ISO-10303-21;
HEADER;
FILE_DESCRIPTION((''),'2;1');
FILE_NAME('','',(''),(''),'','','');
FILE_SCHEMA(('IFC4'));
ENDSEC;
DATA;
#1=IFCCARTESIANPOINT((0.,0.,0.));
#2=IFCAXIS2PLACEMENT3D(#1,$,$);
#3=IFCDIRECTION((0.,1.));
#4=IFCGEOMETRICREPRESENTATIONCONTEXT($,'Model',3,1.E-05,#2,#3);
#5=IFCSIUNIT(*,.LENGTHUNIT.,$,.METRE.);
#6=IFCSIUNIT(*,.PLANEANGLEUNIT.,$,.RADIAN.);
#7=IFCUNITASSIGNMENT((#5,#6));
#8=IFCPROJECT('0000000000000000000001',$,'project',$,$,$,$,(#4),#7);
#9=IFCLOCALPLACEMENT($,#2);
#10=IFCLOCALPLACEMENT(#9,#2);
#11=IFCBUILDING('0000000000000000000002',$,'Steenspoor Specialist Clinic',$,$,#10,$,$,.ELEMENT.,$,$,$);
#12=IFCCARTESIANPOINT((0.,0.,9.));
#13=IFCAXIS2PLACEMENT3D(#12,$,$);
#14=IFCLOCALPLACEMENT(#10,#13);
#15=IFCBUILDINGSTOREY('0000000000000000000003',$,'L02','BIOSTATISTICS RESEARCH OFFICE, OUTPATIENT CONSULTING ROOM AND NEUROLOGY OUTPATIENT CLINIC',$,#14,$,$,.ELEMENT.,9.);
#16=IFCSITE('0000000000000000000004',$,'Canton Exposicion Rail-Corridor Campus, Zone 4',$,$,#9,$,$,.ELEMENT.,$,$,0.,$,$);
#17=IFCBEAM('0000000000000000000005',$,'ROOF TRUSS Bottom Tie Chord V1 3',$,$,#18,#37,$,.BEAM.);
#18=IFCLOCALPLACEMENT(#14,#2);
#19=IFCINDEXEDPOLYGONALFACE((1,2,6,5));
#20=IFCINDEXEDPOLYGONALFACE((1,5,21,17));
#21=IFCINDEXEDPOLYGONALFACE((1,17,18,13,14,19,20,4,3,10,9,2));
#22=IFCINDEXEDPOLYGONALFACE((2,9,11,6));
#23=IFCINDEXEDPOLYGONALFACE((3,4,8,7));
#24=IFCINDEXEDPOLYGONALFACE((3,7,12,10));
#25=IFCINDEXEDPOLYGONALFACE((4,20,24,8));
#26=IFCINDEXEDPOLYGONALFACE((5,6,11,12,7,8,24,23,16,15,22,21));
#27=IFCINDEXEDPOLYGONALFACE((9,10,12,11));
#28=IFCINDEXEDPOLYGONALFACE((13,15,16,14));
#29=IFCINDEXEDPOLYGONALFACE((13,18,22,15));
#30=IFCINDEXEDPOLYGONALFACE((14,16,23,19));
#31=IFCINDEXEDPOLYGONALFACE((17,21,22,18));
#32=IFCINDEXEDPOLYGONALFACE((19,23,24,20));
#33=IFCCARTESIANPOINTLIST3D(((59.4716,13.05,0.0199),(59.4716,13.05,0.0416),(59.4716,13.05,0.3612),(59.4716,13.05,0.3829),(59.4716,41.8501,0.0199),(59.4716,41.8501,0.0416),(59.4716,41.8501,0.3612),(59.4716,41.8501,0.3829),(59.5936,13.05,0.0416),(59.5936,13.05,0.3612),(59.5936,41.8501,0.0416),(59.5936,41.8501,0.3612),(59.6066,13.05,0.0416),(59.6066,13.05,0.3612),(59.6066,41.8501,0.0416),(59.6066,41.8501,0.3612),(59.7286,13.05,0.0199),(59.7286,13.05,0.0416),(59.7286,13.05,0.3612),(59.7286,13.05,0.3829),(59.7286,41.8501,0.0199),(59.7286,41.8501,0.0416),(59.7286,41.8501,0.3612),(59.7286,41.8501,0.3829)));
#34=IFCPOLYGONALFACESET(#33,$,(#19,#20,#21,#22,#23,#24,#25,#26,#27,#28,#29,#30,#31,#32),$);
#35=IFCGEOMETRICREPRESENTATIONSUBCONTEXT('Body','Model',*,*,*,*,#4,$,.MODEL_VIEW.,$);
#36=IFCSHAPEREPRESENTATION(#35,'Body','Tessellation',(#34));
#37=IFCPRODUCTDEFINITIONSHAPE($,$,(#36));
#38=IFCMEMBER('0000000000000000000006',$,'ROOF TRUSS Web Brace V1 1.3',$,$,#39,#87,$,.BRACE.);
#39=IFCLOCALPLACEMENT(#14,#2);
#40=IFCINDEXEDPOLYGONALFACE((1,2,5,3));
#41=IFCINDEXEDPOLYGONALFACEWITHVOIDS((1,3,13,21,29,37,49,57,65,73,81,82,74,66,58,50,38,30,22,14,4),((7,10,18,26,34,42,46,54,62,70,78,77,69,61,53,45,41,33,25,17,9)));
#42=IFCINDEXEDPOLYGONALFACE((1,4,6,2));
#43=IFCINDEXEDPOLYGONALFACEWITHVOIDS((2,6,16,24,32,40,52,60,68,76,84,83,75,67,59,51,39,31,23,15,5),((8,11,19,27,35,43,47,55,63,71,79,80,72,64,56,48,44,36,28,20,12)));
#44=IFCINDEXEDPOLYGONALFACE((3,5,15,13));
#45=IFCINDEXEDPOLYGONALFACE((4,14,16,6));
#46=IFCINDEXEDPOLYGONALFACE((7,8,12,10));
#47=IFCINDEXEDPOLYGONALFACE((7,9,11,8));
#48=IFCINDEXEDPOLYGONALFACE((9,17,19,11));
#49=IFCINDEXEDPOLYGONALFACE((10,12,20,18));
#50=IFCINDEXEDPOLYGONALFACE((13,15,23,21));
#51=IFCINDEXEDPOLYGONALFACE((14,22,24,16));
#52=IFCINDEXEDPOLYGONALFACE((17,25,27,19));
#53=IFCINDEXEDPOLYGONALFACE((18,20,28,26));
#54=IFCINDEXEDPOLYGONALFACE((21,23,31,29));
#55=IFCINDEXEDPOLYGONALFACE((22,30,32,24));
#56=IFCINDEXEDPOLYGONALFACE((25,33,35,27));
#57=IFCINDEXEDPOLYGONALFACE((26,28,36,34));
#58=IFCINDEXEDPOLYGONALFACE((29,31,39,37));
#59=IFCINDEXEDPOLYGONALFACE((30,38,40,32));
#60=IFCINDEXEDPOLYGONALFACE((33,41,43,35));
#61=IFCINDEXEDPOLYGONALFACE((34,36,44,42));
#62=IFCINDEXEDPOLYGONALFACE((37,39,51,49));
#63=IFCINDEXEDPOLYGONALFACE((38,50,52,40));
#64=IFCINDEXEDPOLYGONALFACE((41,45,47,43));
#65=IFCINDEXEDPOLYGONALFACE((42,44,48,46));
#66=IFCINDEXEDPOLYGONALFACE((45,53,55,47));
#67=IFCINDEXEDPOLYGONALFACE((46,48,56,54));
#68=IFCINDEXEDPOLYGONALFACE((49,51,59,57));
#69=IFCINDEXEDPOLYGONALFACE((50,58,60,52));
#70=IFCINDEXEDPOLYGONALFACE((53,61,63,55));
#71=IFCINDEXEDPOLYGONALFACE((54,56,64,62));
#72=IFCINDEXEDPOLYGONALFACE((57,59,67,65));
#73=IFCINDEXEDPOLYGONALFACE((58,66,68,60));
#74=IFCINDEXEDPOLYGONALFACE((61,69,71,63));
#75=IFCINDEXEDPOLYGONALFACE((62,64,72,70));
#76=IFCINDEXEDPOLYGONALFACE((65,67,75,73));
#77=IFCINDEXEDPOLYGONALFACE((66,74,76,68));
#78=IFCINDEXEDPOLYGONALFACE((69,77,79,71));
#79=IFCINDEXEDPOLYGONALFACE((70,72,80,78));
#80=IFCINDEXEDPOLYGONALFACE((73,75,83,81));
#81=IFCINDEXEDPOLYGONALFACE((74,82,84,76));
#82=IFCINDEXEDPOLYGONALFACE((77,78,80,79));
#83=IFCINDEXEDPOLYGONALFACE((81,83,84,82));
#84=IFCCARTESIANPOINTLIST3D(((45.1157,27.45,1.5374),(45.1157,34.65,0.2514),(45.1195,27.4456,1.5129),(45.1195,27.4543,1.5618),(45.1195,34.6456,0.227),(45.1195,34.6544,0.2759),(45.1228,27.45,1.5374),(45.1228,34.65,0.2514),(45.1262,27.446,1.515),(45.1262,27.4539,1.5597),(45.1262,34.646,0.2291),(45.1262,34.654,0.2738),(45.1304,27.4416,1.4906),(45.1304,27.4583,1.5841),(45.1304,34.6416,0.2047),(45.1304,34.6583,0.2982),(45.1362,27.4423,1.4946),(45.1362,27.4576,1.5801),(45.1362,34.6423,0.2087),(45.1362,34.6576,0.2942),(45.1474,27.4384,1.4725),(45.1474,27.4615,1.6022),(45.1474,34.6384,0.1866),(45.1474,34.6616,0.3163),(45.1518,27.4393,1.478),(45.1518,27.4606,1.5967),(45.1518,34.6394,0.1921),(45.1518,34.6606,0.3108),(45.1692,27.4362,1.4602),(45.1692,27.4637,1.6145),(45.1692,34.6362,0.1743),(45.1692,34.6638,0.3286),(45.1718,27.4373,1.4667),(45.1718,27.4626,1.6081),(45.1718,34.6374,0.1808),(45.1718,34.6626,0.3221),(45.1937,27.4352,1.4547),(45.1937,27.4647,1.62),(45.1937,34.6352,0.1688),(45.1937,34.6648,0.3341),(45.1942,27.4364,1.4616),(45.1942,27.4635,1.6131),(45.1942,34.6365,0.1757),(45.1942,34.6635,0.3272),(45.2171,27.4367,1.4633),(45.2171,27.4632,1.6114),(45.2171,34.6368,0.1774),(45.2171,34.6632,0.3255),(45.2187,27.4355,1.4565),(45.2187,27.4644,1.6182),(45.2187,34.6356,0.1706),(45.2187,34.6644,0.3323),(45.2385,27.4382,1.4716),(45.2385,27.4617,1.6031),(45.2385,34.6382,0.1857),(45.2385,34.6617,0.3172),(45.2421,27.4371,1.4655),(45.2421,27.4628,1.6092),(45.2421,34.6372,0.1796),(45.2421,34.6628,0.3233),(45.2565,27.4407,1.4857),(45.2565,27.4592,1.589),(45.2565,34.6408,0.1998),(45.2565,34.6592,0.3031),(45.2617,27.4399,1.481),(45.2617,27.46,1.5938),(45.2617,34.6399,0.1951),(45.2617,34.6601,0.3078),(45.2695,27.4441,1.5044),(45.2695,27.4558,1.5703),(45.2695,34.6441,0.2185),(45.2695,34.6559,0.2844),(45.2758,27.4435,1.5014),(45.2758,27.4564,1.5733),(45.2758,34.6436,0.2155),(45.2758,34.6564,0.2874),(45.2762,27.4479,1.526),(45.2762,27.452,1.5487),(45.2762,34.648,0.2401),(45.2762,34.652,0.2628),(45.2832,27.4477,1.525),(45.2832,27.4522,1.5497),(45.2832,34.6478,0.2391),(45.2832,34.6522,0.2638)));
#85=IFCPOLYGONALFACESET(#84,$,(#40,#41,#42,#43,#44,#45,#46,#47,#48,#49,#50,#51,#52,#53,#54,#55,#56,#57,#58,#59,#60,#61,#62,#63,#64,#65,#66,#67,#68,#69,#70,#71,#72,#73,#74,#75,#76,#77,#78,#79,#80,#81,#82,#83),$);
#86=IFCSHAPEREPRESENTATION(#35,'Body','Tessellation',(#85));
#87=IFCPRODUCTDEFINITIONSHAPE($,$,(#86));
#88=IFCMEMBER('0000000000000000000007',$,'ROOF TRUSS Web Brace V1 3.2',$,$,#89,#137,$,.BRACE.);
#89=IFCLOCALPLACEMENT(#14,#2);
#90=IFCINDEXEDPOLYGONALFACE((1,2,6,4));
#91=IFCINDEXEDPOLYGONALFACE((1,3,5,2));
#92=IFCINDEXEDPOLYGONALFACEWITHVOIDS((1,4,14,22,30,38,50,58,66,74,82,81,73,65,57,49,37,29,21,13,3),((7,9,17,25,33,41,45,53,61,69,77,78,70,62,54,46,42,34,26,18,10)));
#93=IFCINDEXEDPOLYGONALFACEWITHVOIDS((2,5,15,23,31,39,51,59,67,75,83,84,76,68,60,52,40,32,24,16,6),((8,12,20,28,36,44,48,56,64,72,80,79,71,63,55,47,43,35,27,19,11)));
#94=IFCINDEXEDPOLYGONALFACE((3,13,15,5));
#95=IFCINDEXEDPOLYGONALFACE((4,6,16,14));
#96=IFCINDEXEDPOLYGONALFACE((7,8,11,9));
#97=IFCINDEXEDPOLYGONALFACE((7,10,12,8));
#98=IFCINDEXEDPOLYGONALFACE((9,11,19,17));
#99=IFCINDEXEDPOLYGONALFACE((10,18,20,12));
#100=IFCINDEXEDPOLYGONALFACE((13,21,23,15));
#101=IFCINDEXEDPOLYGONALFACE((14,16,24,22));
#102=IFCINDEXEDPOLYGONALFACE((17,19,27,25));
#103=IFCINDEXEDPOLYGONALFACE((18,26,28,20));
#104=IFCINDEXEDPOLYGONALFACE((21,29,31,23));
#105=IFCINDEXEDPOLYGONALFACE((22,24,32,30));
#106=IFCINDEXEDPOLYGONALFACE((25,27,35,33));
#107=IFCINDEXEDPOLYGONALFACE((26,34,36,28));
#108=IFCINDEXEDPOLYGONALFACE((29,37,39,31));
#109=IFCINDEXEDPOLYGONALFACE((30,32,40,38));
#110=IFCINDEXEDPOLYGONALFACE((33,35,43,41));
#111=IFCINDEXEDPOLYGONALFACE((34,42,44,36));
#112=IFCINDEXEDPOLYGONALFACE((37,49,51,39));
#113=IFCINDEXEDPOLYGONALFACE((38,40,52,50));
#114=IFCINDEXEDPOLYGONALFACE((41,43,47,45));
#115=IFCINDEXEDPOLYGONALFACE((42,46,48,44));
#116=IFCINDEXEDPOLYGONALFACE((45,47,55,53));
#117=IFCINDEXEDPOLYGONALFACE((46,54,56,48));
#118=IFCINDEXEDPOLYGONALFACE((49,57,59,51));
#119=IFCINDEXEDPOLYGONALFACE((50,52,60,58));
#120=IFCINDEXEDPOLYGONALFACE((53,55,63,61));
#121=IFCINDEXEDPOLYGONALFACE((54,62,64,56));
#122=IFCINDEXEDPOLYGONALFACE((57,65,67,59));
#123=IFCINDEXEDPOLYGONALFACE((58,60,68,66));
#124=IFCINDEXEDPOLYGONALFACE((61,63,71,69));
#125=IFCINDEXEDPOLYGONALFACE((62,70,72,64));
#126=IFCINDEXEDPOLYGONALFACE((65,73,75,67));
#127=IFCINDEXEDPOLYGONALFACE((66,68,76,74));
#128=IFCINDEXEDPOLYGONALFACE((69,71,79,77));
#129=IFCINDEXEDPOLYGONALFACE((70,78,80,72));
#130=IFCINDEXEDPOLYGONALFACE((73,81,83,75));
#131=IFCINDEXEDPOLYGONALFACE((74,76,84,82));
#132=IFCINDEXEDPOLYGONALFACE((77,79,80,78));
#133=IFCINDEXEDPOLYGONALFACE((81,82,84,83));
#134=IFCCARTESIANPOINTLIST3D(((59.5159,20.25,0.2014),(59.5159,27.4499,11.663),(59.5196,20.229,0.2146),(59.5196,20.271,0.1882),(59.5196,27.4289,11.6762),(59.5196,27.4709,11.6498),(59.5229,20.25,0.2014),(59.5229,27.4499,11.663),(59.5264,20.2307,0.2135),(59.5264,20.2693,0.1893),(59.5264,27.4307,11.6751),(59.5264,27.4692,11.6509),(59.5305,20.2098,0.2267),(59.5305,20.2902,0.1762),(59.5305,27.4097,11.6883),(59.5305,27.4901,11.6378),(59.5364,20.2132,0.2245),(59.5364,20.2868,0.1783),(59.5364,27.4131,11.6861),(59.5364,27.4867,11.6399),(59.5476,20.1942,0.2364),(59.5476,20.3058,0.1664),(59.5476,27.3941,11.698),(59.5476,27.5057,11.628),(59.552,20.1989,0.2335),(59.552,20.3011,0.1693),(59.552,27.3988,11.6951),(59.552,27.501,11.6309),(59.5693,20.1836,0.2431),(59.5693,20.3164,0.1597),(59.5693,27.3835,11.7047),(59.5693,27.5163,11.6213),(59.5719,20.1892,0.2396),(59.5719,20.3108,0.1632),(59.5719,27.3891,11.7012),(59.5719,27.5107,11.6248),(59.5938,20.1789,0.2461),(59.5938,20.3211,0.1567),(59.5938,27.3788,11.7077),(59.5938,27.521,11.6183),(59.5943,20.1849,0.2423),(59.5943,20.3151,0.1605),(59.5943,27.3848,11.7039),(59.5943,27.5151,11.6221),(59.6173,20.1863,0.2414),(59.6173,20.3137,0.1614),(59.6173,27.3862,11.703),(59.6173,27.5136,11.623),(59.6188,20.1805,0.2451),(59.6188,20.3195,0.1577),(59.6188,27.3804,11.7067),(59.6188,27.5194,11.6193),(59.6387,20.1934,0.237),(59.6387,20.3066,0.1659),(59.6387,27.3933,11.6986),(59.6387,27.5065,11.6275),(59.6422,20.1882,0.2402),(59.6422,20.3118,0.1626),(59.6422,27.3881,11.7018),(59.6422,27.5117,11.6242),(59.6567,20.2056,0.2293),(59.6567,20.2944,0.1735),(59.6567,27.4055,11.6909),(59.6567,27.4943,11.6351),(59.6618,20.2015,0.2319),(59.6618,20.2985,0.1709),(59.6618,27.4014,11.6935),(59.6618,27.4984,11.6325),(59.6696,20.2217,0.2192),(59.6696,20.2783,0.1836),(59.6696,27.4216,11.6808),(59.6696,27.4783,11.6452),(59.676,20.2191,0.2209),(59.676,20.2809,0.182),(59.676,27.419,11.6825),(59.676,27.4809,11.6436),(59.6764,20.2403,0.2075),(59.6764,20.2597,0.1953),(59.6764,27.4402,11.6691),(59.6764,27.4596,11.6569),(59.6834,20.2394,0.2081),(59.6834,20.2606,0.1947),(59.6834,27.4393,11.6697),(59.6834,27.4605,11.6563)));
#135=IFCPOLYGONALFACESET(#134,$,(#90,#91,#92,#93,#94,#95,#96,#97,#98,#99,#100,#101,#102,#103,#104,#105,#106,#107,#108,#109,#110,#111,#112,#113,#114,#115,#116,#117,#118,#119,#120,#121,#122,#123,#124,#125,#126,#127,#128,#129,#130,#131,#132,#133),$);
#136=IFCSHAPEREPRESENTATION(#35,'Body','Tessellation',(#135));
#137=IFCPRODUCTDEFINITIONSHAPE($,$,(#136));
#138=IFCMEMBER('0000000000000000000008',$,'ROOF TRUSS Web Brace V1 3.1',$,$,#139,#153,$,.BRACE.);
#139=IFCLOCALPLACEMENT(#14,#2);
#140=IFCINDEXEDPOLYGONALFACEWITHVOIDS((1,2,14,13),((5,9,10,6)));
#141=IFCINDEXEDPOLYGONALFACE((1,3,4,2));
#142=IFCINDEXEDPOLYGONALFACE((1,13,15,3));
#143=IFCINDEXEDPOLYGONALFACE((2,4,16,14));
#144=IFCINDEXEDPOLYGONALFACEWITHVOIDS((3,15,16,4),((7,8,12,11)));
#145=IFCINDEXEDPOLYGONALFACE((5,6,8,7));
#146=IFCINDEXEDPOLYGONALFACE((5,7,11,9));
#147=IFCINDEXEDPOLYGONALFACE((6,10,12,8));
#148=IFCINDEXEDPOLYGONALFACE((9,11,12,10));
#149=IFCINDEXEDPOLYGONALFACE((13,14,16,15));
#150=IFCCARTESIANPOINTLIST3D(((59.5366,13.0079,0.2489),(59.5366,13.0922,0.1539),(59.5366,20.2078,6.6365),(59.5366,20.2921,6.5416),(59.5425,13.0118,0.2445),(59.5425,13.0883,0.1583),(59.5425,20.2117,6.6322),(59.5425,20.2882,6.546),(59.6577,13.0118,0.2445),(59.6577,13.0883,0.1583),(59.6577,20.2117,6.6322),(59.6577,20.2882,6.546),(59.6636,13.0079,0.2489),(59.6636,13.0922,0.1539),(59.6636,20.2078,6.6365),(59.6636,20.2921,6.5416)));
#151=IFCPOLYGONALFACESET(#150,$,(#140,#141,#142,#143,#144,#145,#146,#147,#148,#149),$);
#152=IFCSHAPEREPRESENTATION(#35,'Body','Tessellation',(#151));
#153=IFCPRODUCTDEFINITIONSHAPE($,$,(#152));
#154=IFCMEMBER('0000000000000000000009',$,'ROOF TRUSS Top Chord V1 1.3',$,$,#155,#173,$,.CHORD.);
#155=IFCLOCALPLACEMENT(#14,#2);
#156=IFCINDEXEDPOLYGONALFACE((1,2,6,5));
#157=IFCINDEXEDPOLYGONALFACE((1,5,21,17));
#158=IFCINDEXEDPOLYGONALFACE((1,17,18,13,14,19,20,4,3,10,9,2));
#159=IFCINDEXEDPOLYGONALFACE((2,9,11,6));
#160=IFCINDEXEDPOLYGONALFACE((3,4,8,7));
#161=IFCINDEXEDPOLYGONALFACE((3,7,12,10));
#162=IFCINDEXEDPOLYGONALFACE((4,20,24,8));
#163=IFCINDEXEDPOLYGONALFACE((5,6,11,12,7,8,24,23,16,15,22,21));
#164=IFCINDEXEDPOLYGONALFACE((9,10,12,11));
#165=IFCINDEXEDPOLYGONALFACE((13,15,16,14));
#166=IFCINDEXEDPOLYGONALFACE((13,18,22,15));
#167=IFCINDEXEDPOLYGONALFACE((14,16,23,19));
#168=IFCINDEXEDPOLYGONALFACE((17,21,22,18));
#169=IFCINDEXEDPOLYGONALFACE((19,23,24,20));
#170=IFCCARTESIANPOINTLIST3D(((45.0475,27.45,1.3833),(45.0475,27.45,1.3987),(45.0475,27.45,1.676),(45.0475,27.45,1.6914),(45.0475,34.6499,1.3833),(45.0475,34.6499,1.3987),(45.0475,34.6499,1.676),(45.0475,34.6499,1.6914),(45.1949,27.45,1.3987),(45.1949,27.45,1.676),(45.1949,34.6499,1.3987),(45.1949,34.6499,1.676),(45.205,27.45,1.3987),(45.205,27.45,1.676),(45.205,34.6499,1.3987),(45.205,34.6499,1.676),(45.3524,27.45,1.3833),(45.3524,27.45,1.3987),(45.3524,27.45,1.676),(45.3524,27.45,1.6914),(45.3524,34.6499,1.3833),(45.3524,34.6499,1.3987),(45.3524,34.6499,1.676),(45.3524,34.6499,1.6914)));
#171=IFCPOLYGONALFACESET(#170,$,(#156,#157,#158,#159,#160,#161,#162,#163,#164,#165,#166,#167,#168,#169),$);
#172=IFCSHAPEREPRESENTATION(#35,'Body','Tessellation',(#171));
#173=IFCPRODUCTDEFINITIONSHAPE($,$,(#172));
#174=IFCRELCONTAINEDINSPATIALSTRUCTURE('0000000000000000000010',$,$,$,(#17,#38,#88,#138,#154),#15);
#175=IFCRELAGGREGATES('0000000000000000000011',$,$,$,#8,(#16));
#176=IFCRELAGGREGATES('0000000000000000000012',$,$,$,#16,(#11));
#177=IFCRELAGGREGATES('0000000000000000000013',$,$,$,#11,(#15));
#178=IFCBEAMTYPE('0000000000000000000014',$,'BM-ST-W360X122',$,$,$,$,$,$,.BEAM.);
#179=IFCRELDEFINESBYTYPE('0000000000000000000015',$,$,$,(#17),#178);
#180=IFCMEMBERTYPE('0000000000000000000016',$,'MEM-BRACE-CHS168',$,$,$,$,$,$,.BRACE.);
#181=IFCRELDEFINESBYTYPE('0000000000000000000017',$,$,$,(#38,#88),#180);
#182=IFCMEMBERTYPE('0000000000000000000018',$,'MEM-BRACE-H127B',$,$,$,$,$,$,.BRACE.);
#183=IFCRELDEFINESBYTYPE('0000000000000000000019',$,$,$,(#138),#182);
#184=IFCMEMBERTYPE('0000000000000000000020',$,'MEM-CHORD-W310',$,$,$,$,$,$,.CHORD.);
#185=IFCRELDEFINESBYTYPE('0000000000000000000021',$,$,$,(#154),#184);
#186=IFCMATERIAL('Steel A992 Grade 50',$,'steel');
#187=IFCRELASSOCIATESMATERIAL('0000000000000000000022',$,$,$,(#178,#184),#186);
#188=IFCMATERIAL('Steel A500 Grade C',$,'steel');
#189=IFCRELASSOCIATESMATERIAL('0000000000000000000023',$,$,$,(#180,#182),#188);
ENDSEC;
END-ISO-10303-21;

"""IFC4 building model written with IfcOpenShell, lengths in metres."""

from ifc_helpers import new_model, si_unit, direction, frame, origin, origin_2d, place, context, subcontext, project, spatial, hollow_rectangle, hollow_circle, i_section, extrude, material, material_profile, profile_set, type_object, element, save


model = new_model("IFC4")

# Units and contexts
model_context = context("Model", 3, precision=1e-05, world=origin(), true_north=direction((0.0, 1.0)))
body_context = subcontext(model_context, "Body", "Model", "MODEL_VIEW")
ifc_project = project(units=[si_unit("LENGTHUNIT", "METRE"), si_unit("PLANEANGLEUNIT", "RADIAN")], contexts=[model_context])

# Site, building, storey
site_placement = place(None, origin())
site = spatial("IfcSite", under=ifc_project, at=site_placement, Name="Canton Exposicion Rail-Corridor Campus, Zone 4", CompositionType="ELEMENT", RefElevation=0.0)
building_placement = place(site_placement, origin())
building = spatial("IfcBuilding", under=site, at=building_placement, Name="Steenspoor Specialist Clinic", CompositionType="ELEMENT")
storey_placement = place(building_placement, frame((0.0, 0.0, 9.0)))
storey = spatial("IfcBuildingStorey", under=building, at=storey_placement, Name="L02", Description="BIOSTATISTICS RESEARCH OFFICE, OUTPATIENT CONSULTING ROOM AND NEUROLOGY OUTPATIENT CLINIC", CompositionType="ELEMENT", Elevation=9.0)

# Beam
ifc_material_1 = material(Name="Steel A992 Grade 50", Category="steel")
ifc_material_profile_1 = material_profile(ifc_material_1, i_section(OverallWidth=0.2571, OverallDepth=0.363, WebThickness=0.0129, FlangeThickness=0.0217, at=origin_2d()), Name="W360X122")
ifc_profile_set_1 = profile_set([ifc_material_profile_1], Name="Steel A992 Grade 50")
beam_type = type_object("IfcBeamType", Name="BM-ST-W360X122", PredefinedType="BEAM", material=ifc_profile_set_1)
beam_placement = place(storey_placement, frame((59.6001, 13.05, 0.2014), z_axis=(0.0, 1.0, 0.0), x_axis=(-1.0, 0.0, 0.0)))
element("IfcBeam", 1, at=beam_placement, inside=storey, type_object=beam_type, Name="ROOF TRUSS Bottom Tie Chord V1 3", PredefinedType="BEAM", context=body_context, shape_type="SweptSolid", body=[
    extrude(i_section(OverallWidth=0.2571, OverallDepth=0.363, WebThickness=0.0129, FlangeThickness=0.0217, at=origin_2d()), origin(), (0.0, 0.0, 1.0), 28.8),
])

# Members
ifc_material_2 = material(Name="Steel A500 Grade C", Category="steel")
ifc_material_profile_2 = material_profile(ifc_material_2, hollow_circle(Radius=0.0842, WallThickness=0.0071, at=origin_2d()), Name="CHS168X7.1")
ifc_profile_set_2 = profile_set([ifc_material_profile_2], Name="Steel A500 Grade C")
member_type_1 = type_object("IfcMemberType", Name="MEM-BRACE-CHS168", PredefinedType="BRACE", material=ifc_profile_set_2)
member_1_placement = place(storey_placement, frame((45.2, 27.45, 1.5374), z_axis=(0.0, 0.984423, -0.175815), x_axis=(-1.0, 0.0, 0.0)))
element("IfcMember", 2, at=member_1_placement, inside=storey, type_object=member_type_1, Name="ROOF TRUSS Web Brace V1 1.3", PredefinedType="BRACE", context=body_context, shape_type="SweptSolid", body=[
    extrude(hollow_circle(Radius=0.0842, WallThickness=0.0071, at=origin_2d()), origin(), (0.0, 0.0, 1.0), 7.314),
])
member_2_placement = place(storey_placement, frame((59.6001, 20.25, 0.2014), z_axis=(0.0, 0.531932, 0.846787), x_axis=(-1.0, 0.0, 0.0)))
element("IfcMember", 3, at=member_2_placement, inside=storey, type_object=member_type_1, Name="ROOF TRUSS Web Brace V1 3.2", PredefinedType="BRACE", context=body_context, shape_type="SweptSolid", body=[
    extrude(hollow_circle(Radius=0.0842, WallThickness=0.0071, at=origin_2d()), origin(), (0.0, 0.0, 1.0), 13.5354),
])
ifc_material_profile_3 = material_profile(ifc_material_2, hollow_rectangle(XDim=0.127, YDim=0.127, WallThickness=0.0059, at=origin_2d()), Name="HSS127X127X6.4")
ifc_profile_set_3 = profile_set([ifc_material_profile_3], Name="Steel A500 Grade C")
member_type_2 = type_object("IfcMemberType", Name="MEM-BRACE-H127B", PredefinedType="BRACE", material=ifc_profile_set_3)
member_3_placement = place(storey_placement, frame((59.6001, 13.05, 0.2014), z_axis=(0.0, 0.748042, 0.663652), x_axis=(-1.0, 0.0, 0.0)))
element("IfcMember", 4, at=member_3_placement, inside=storey, type_object=member_type_2, Name="ROOF TRUSS Web Brace V1 3.1", PredefinedType="BRACE", context=body_context, shape_type="SweptSolid", body=[
    extrude(hollow_rectangle(XDim=0.127, YDim=0.127, WallThickness=0.0059, at=origin_2d()), origin(), (0.0, 0.0, 1.0), 9.625),
])
ifc_material_profile_4 = material_profile(ifc_material_1, i_section(OverallWidth=0.3049, OverallDepth=0.3081, WebThickness=0.01, FlangeThickness=0.0154, at=origin_2d()), Name="W310X97")
ifc_profile_set_4 = profile_set([ifc_material_profile_4], Name="Steel A992 Grade 50")
member_type_3 = type_object("IfcMemberType", Name="MEM-CHORD-W310", PredefinedType="CHORD", material=ifc_profile_set_4)
member_4_placement = place(storey_placement, frame((45.2, 27.45, 1.5374), z_axis=(0.0, 1.0, 0.0), x_axis=(-1.0, 0.0, 0.0)))
element("IfcMember", 5, at=member_4_placement, inside=storey, type_object=member_type_3, Name="ROOF TRUSS Top Chord V1 1.3", PredefinedType="CHORD", context=body_context, shape_type="SweptSolid", body=[
    extrude(i_section(OverallWidth=0.3049, OverallDepth=0.3081, WebThickness=0.01, FlangeThickness=0.0154, at=origin_2d()), origin(), (0.0, 0.0, 1.0), 7.2),
])

save(model, "model.ifc")
